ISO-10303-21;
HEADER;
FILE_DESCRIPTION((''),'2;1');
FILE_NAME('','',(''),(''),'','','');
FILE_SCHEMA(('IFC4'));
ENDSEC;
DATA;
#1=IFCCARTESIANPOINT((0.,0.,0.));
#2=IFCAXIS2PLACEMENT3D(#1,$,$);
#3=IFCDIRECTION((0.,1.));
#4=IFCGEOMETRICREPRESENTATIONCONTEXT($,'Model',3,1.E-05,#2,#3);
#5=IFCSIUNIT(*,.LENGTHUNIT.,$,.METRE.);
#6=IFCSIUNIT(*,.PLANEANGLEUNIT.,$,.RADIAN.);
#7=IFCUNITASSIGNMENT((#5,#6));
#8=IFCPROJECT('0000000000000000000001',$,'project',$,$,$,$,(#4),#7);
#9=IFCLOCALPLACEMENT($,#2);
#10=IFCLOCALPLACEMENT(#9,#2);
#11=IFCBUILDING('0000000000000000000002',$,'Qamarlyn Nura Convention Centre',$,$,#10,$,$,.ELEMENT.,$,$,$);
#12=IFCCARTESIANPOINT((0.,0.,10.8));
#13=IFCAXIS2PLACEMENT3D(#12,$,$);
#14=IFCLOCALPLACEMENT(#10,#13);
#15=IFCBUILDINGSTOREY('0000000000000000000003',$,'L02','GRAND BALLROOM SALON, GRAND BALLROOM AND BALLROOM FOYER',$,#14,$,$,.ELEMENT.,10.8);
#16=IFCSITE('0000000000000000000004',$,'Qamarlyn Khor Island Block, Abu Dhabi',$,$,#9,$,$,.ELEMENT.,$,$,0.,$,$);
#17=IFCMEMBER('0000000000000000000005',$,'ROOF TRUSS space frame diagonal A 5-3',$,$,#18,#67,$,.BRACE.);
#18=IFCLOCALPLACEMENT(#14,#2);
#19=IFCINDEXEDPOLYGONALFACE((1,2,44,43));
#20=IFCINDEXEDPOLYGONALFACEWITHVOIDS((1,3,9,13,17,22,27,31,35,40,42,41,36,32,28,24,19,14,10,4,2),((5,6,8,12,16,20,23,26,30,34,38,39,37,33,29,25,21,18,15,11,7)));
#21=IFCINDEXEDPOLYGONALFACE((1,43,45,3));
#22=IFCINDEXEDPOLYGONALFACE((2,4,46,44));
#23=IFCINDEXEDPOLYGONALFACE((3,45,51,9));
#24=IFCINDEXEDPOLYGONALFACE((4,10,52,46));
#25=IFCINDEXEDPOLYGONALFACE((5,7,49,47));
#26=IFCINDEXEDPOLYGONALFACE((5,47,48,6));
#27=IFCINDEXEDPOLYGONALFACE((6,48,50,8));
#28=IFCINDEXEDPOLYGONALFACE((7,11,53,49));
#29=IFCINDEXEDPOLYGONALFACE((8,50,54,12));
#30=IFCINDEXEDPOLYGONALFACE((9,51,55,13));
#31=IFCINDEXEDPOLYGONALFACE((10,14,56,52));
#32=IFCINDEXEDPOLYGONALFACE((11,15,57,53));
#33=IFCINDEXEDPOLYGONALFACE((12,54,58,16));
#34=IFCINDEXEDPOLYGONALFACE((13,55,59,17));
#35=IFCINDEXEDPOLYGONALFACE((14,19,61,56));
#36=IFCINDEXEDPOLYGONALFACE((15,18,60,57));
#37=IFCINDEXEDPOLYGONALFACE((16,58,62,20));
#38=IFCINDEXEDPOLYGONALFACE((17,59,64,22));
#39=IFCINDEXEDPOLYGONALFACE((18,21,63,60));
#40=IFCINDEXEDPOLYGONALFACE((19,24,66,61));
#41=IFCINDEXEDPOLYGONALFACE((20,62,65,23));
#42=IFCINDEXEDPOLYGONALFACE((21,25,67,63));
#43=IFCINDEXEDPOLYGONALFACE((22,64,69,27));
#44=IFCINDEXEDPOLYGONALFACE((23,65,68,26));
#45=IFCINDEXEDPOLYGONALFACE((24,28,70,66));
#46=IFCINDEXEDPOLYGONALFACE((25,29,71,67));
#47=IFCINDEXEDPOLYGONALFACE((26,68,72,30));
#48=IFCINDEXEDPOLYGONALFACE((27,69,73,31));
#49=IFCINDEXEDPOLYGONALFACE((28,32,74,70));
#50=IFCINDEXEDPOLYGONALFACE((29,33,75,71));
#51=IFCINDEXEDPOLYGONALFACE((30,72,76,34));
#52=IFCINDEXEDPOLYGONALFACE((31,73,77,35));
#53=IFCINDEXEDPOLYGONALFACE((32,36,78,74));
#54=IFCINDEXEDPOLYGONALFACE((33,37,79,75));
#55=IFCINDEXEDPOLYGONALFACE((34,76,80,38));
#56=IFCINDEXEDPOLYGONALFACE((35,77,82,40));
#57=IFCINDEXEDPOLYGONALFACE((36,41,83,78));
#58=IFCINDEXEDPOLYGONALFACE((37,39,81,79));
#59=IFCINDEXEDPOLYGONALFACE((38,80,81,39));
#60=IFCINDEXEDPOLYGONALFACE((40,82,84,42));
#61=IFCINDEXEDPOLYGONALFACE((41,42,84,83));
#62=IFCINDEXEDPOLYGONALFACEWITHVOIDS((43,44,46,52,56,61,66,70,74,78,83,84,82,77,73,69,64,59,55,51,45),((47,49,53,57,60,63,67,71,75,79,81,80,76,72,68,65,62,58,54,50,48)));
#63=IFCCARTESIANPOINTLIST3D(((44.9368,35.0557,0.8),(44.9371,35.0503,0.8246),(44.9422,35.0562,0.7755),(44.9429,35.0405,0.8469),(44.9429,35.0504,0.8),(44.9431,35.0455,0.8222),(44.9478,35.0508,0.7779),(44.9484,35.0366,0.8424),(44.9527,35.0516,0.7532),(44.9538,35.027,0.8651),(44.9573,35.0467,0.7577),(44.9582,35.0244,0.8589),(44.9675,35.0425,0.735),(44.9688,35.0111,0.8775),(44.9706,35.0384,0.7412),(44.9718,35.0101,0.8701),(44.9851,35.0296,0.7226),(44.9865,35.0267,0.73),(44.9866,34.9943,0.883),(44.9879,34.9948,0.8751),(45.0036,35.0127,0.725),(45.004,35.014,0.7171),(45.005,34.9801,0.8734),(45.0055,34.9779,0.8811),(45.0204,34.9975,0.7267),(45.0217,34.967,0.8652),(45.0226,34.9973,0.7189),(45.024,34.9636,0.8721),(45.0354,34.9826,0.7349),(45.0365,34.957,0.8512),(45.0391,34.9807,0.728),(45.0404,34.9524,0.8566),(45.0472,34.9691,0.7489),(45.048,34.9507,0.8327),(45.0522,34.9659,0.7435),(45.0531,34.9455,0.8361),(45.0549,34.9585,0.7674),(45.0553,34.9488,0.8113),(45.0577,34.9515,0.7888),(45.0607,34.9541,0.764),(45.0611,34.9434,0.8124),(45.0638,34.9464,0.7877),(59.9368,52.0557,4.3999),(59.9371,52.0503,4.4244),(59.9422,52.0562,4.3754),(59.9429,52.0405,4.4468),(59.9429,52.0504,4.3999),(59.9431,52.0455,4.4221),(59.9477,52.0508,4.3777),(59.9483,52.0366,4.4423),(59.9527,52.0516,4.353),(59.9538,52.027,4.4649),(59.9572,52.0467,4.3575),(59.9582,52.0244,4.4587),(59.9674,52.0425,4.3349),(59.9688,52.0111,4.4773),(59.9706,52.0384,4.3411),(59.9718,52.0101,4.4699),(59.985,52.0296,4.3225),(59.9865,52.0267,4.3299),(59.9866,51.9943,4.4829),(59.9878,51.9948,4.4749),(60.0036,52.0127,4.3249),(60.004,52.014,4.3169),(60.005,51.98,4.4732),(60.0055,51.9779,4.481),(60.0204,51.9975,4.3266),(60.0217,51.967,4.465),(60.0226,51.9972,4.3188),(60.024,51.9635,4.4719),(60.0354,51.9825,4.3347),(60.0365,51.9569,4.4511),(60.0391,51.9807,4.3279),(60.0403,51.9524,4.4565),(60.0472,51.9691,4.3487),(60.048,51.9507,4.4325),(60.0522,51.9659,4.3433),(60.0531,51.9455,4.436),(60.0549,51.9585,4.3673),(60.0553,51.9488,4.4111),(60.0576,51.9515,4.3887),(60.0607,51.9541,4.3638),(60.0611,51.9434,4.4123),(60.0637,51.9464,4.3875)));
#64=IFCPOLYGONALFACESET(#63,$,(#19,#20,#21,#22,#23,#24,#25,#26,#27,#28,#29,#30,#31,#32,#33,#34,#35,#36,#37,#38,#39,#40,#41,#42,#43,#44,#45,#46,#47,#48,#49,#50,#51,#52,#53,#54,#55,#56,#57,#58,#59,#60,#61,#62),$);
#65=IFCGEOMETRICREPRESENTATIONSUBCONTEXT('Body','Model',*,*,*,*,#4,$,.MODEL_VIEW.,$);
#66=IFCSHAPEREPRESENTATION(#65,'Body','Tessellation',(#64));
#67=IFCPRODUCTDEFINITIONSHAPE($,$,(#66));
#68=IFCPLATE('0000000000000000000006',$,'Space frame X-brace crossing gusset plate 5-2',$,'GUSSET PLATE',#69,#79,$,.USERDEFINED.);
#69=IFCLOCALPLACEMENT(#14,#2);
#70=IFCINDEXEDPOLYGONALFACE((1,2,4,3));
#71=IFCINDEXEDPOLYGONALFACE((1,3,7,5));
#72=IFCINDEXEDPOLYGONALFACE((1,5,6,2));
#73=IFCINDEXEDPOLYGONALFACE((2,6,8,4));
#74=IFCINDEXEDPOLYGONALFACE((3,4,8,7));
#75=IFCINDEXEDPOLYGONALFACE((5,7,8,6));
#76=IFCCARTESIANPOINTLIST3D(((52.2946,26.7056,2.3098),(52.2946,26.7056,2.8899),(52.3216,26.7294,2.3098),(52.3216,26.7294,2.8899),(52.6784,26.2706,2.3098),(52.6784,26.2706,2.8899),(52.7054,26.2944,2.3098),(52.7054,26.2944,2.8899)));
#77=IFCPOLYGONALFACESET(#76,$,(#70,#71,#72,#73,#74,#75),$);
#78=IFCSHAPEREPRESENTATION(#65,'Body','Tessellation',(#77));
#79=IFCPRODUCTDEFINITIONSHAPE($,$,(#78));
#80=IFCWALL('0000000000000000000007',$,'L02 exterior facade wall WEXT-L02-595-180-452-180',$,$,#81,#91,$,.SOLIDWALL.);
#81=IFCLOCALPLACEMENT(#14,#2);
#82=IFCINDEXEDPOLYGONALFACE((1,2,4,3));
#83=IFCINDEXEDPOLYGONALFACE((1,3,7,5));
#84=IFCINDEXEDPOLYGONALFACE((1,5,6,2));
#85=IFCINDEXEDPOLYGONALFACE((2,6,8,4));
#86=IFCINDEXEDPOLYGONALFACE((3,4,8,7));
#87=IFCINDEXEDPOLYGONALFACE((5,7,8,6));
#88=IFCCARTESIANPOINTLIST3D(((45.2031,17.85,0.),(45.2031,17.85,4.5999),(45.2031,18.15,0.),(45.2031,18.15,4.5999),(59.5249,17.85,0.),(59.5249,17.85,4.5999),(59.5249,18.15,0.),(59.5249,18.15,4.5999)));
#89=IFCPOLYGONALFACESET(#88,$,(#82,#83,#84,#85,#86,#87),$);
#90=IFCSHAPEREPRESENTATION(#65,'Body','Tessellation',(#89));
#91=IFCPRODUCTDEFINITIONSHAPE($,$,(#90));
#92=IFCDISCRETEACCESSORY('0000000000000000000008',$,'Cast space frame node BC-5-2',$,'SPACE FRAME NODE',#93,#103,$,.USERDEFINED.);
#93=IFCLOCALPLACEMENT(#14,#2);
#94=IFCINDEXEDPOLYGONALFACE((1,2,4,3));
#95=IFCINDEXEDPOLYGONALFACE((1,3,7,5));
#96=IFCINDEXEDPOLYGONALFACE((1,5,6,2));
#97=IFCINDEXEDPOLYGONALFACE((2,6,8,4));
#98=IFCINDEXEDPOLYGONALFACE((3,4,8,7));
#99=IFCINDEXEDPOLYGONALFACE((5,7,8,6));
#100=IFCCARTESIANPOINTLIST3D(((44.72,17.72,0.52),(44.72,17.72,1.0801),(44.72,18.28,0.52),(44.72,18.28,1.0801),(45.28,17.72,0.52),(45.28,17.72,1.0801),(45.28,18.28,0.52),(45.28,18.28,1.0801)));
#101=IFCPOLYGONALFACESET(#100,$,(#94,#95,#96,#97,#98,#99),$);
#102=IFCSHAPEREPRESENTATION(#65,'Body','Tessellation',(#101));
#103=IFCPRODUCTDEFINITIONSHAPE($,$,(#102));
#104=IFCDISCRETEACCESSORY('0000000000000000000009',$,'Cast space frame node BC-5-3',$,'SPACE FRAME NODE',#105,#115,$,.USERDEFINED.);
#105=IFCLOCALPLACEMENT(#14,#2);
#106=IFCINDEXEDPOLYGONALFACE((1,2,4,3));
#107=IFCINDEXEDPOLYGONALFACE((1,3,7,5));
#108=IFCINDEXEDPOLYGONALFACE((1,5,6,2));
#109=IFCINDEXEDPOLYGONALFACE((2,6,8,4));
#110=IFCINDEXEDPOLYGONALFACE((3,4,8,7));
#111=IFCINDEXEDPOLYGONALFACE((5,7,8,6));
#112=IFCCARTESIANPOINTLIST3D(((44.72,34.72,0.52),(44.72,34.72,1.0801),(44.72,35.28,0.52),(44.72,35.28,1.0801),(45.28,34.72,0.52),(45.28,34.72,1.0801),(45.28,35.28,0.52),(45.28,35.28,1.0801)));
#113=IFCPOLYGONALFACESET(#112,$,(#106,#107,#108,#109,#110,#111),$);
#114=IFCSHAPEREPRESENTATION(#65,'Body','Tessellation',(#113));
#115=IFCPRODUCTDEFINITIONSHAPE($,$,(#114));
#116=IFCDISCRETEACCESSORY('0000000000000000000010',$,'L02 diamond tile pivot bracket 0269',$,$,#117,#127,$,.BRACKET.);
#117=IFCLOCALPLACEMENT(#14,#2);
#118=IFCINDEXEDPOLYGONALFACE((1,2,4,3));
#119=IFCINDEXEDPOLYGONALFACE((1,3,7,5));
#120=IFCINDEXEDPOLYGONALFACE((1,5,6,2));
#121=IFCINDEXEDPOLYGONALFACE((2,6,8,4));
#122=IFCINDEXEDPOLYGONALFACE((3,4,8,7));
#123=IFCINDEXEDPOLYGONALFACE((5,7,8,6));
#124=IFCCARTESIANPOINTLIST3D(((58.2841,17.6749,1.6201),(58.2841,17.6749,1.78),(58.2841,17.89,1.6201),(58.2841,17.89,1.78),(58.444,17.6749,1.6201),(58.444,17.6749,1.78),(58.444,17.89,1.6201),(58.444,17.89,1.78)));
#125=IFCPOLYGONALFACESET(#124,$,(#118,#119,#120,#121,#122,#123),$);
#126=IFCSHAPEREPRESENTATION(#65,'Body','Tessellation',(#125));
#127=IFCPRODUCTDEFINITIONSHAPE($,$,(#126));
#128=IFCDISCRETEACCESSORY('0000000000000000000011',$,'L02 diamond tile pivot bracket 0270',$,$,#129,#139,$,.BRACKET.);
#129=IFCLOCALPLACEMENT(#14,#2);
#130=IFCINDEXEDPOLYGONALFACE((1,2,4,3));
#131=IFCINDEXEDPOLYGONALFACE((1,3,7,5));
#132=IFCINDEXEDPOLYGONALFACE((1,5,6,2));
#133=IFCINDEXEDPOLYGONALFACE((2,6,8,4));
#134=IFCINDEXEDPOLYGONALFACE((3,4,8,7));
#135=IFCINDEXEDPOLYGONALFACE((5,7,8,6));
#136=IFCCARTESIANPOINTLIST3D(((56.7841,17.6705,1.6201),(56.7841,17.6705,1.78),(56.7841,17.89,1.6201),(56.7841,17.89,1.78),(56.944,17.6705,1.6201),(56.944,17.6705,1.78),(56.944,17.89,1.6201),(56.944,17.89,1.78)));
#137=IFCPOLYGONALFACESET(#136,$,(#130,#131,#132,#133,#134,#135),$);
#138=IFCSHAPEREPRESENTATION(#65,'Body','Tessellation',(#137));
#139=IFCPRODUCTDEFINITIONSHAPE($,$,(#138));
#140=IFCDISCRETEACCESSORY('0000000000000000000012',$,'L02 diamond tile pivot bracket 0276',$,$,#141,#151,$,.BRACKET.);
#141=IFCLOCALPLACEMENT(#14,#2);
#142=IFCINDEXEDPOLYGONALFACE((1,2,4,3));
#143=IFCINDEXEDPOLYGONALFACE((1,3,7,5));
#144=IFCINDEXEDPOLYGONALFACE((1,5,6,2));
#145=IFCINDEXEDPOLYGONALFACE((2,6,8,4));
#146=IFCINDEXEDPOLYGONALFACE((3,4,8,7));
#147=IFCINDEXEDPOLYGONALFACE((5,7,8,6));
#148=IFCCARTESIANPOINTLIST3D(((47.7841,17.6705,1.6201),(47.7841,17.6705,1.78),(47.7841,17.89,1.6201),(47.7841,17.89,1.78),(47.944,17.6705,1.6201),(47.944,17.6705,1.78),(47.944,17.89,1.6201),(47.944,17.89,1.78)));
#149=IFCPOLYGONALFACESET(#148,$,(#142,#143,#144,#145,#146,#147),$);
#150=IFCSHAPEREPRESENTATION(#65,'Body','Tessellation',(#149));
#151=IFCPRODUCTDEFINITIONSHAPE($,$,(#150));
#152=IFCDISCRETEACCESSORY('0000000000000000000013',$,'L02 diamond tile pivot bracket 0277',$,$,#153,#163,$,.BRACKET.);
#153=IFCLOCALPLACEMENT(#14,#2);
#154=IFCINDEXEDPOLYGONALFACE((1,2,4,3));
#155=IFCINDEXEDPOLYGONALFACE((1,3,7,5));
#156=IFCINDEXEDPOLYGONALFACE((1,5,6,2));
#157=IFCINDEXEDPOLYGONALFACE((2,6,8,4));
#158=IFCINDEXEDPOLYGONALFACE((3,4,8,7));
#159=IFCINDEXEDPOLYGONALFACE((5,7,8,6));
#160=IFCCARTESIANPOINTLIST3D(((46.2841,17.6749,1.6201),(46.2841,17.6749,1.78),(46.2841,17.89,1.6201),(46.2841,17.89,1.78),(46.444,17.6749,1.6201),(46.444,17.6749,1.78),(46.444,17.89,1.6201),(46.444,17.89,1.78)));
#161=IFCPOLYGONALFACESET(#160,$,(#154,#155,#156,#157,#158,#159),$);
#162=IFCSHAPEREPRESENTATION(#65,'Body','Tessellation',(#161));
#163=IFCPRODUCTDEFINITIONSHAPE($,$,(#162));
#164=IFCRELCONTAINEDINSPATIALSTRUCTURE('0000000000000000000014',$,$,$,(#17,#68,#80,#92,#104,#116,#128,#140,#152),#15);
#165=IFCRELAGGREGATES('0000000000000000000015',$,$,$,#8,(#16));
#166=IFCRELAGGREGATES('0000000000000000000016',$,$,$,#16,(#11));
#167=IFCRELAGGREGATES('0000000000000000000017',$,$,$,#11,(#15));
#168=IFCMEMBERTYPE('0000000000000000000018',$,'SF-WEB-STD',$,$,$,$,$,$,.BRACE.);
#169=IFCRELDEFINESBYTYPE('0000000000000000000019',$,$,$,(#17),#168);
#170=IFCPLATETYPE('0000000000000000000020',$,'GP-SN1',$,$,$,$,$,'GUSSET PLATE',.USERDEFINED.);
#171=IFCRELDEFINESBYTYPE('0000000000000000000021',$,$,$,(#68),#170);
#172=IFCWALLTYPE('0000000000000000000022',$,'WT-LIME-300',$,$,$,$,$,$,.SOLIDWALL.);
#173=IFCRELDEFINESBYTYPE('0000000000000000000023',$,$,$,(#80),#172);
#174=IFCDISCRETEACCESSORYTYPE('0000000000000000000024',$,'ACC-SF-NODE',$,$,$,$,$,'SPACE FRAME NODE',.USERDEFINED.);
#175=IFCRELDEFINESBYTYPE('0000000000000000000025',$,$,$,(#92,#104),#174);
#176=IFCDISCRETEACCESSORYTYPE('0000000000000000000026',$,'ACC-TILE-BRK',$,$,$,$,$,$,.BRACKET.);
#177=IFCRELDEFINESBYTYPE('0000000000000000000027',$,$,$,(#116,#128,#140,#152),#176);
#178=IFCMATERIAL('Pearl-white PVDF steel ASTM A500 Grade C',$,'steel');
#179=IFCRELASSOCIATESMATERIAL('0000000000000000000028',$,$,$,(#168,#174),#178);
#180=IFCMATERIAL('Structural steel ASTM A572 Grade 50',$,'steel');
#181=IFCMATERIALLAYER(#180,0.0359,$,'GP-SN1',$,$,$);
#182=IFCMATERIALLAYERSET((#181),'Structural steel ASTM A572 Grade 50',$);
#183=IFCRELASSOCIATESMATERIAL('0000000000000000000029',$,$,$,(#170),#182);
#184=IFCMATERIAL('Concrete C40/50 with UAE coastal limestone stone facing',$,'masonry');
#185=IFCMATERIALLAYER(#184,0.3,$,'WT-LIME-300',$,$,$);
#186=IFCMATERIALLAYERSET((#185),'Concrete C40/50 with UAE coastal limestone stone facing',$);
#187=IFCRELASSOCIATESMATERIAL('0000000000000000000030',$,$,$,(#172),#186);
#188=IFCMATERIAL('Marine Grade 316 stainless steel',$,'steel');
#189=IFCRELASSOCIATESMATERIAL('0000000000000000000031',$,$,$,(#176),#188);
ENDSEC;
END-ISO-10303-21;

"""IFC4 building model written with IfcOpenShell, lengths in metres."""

from ifc_helpers import new_model, si_unit, direction, frame, frame_2d, origin, origin_2d, place, context, subcontext, project, spatial, rectangle, hollow_circle, extrude, material, layer, layer_set, material_profile, profile_set, type_object, element, save


model = new_model("IFC4")

# Units and contexts
model_context = context("Model", 3, precision=1e-05, world=origin(), true_north=direction((0.0, 1.0)))
body_context = subcontext(model_context, "Body", "Model", "MODEL_VIEW")
ifc_project = project(units=[si_unit("LENGTHUNIT", "METRE"), si_unit("PLANEANGLEUNIT", "RADIAN")], contexts=[model_context])

# Site, building, storey
site_placement = place(None, origin())
site = spatial("IfcSite", under=ifc_project, at=site_placement, Name="Qamarlyn Khor Island Block, Abu Dhabi", CompositionType="ELEMENT", RefElevation=0.0)
building_placement = place(site_placement, origin())
building = spatial("IfcBuilding", under=site, at=building_placement, Name="Qamarlyn Nura Convention Centre", CompositionType="ELEMENT")
storey_placement = place(building_placement, frame((0.0, 0.0, 10.8)))
storey = spatial("IfcBuildingStorey", under=building, at=storey_placement, Name="L02", Description="GRAND BALLROOM SALON, GRAND BALLROOM AND BALLROOM FOYER", CompositionType="ELEMENT", Elevation=10.8)

# Shared definitions
ifc_material_1 = material(Name="Pearl-white PVDF steel ASTM A500 Grade C", Category="steel")

# Member
ifc_material_profile_1 = material_profile(ifc_material_1, hollow_circle(Radius=0.0842, WallThickness=0.0081, at=origin_2d()), Name="CHS168.3X8")
ifc_profile_set_1 = profile_set([ifc_material_profile_1], Name="Pearl-white PVDF steel ASTM A500 Grade C")
member_type_1 = type_object("IfcMemberType", Name="SF-WEB-STD", PredefinedType="BRACE", material=ifc_profile_set_1)
member_1_placement = place(storey_placement, frame((45.0, 35.0, 0.8), z_axis=(0.653436, 0.74056, 0.156818), x_axis=(-0.749838, 0.661622, 0.0)))
element("IfcMember", 1, at=member_1_placement, inside=storey, type_object=member_type_1, Name="ROOF TRUSS space frame diagonal A 5-3", PredefinedType="BRACE", context=body_context, shape_type="SweptSolid", body=[
    extrude(hollow_circle(Radius=0.0842, WallThickness=0.0081, at=origin_2d()), origin(), (0.0, 0.0, 1.0), 22.9556),
])

# Plate
ifc_material_2 = material(Name="Structural steel ASTM A572 Grade 50", Category="steel")
ifc_layer_1 = layer(ifc_material_2, 0.0359, Name="GP-SN1")
ifc_layer_set_1 = layer_set([ifc_layer_1], Name="Structural steel ASTM A572 Grade 50")
plate_type = type_object("IfcPlateType", Name="GP-SN1", ElementType="GUSSET PLATE", PredefinedType="USERDEFINED", material=ifc_layer_set_1)
plate_placement = place(storey_placement, frame((52.5, 26.5, 2.3098), z_axis=(0.0, 0.0, 1.0), x_axis=(-0.661622, 0.749837, 0.0)))
element("IfcPlate", 2, at=plate_placement, inside=storey, type_object=plate_type, Name="Space frame X-brace crossing gusset plate 5-2", ObjectType="GUSSET PLATE", PredefinedType="USERDEFINED", context=body_context, shape_type="SweptSolid", body=[
    extrude(rectangle(XDim=0.5801, YDim=0.0359, at=origin_2d()), origin(), (0.0, 0.0, 1.0), 0.5801),
])

# Wall
ifc_material_3 = material(Name="Concrete C40/50 with UAE coastal limestone stone facing", Category="masonry")
ifc_layer_2 = layer(ifc_material_3, 0.3, Name="WT-LIME-300")
ifc_layer_set_2 = layer_set([ifc_layer_2], Name="Concrete C40/50 with UAE coastal limestone stone facing")
wall_type = type_object("IfcWallType", Name="WT-LIME-300", PredefinedType="SOLIDWALL", material=ifc_layer_set_2)
wall_placement = place(storey_placement, frame((59.5249, 18.0, 0.0), z_axis=(0.0, 0.0, 1.0), x_axis=(-1.0, 0.0, 0.0)))
element("IfcWall", 3, at=wall_placement, inside=storey, type_object=wall_type, Name="L02 exterior facade wall WEXT-L02-595-180-452-180", PredefinedType="SOLIDWALL", context=body_context, shape_type="SweptSolid", body=[
    extrude(rectangle(XDim=14.3218, YDim=0.3, at=frame_2d((7.1609, 0.0))), origin(), (0.0, 0.0, 1.0), 4.5999),
])

# Discrete accessories
discrete_accessory_type_1 = type_object("IfcDiscreteAccessoryType", Name="ACC-SF-NODE", ElementType="SPACE FRAME NODE", PredefinedType="USERDEFINED", material=ifc_material_1)
for number, where, z_axis, x_axis, name in (
    (4, (45.0, 18.0, 0.52), (0.0, 0.0, 1.0), (1.0, 0.0, 0.0), "Cast space frame node BC-5-2"),
    (5, (45.0, 35.0, 0.52), (0.0, 0.0, 1.0), (1.0, 0.0, 0.0), "Cast space frame node BC-5-3"),
):
    element("IfcDiscreteAccessory", number, at=place(storey_placement, frame(where, z_axis=z_axis, x_axis=x_axis)), inside=storey, type_object=discrete_accessory_type_1, Name=name, ObjectType="SPACE FRAME NODE", PredefinedType="USERDEFINED", context=body_context, shape_type="SweptSolid", body=[
        extrude(rectangle(XDim=0.5601, YDim=0.5601, at=origin_2d()), origin(), (0.0, 0.0, 1.0), 0.5601),
    ])
ifc_material_4 = material(Name="Marine Grade 316 stainless steel", Category="steel")
discrete_accessory_type_2 = type_object("IfcDiscreteAccessoryType", Name="ACC-TILE-BRK", PredefinedType="BRACKET", material=ifc_material_4)
discrete_accessory_1_placement = place(storey_placement, frame((58.364, 17.7825, 1.6201), z_axis=(0.0, 0.0, 1.0), x_axis=(0.0, -1.0, 0.0)))
element("IfcDiscreteAccessory", 6, at=discrete_accessory_1_placement, inside=storey, type_object=discrete_accessory_type_2, Name="L02 diamond tile pivot bracket 0269", PredefinedType="BRACKET", context=body_context, shape_type="SweptSolid", body=[
    extrude(rectangle(XDim=0.2151, YDim=0.1599, at=origin_2d()), origin(), (0.0, 0.0, 1.0), 0.1599),
])
for number, where, z_axis, x_axis, name in (
    (7, (56.864, 17.7803, 1.6201), (0.0, 0.0, 1.0), (0.0, -1.0, 0.0), "L02 diamond tile pivot bracket 0270"),
    (8, (47.864, 17.7803, 1.6201), (0.0, 0.0, 1.0), (0.0, -1.0, 0.0), "L02 diamond tile pivot bracket 0276"),
):
    element("IfcDiscreteAccessory", number, at=place(storey_placement, frame(where, z_axis=z_axis, x_axis=x_axis)), inside=storey, type_object=discrete_accessory_type_2, Name=name, PredefinedType="BRACKET", context=body_context, shape_type="SweptSolid", body=[
        extrude(rectangle(XDim=0.2195, YDim=0.1599, at=origin_2d()), origin(), (0.0, 0.0, 1.0), 0.1599),
    ])
discrete_accessory_2_placement = place(storey_placement, frame((46.364, 17.7825, 1.6201), z_axis=(0.0, 0.0, 1.0), x_axis=(0.0, -1.0, 0.0)))
element("IfcDiscreteAccessory", 9, at=discrete_accessory_2_placement, inside=storey, type_object=discrete_accessory_type_2, Name="L02 diamond tile pivot bracket 0277", PredefinedType="BRACKET", context=body_context, shape_type="SweptSolid", body=[
    extrude(rectangle(XDim=0.2151, YDim=0.1599, at=origin_2d()), origin(), (0.0, 0.0, 1.0), 0.1599),
])

save(model, "model.ifc")
